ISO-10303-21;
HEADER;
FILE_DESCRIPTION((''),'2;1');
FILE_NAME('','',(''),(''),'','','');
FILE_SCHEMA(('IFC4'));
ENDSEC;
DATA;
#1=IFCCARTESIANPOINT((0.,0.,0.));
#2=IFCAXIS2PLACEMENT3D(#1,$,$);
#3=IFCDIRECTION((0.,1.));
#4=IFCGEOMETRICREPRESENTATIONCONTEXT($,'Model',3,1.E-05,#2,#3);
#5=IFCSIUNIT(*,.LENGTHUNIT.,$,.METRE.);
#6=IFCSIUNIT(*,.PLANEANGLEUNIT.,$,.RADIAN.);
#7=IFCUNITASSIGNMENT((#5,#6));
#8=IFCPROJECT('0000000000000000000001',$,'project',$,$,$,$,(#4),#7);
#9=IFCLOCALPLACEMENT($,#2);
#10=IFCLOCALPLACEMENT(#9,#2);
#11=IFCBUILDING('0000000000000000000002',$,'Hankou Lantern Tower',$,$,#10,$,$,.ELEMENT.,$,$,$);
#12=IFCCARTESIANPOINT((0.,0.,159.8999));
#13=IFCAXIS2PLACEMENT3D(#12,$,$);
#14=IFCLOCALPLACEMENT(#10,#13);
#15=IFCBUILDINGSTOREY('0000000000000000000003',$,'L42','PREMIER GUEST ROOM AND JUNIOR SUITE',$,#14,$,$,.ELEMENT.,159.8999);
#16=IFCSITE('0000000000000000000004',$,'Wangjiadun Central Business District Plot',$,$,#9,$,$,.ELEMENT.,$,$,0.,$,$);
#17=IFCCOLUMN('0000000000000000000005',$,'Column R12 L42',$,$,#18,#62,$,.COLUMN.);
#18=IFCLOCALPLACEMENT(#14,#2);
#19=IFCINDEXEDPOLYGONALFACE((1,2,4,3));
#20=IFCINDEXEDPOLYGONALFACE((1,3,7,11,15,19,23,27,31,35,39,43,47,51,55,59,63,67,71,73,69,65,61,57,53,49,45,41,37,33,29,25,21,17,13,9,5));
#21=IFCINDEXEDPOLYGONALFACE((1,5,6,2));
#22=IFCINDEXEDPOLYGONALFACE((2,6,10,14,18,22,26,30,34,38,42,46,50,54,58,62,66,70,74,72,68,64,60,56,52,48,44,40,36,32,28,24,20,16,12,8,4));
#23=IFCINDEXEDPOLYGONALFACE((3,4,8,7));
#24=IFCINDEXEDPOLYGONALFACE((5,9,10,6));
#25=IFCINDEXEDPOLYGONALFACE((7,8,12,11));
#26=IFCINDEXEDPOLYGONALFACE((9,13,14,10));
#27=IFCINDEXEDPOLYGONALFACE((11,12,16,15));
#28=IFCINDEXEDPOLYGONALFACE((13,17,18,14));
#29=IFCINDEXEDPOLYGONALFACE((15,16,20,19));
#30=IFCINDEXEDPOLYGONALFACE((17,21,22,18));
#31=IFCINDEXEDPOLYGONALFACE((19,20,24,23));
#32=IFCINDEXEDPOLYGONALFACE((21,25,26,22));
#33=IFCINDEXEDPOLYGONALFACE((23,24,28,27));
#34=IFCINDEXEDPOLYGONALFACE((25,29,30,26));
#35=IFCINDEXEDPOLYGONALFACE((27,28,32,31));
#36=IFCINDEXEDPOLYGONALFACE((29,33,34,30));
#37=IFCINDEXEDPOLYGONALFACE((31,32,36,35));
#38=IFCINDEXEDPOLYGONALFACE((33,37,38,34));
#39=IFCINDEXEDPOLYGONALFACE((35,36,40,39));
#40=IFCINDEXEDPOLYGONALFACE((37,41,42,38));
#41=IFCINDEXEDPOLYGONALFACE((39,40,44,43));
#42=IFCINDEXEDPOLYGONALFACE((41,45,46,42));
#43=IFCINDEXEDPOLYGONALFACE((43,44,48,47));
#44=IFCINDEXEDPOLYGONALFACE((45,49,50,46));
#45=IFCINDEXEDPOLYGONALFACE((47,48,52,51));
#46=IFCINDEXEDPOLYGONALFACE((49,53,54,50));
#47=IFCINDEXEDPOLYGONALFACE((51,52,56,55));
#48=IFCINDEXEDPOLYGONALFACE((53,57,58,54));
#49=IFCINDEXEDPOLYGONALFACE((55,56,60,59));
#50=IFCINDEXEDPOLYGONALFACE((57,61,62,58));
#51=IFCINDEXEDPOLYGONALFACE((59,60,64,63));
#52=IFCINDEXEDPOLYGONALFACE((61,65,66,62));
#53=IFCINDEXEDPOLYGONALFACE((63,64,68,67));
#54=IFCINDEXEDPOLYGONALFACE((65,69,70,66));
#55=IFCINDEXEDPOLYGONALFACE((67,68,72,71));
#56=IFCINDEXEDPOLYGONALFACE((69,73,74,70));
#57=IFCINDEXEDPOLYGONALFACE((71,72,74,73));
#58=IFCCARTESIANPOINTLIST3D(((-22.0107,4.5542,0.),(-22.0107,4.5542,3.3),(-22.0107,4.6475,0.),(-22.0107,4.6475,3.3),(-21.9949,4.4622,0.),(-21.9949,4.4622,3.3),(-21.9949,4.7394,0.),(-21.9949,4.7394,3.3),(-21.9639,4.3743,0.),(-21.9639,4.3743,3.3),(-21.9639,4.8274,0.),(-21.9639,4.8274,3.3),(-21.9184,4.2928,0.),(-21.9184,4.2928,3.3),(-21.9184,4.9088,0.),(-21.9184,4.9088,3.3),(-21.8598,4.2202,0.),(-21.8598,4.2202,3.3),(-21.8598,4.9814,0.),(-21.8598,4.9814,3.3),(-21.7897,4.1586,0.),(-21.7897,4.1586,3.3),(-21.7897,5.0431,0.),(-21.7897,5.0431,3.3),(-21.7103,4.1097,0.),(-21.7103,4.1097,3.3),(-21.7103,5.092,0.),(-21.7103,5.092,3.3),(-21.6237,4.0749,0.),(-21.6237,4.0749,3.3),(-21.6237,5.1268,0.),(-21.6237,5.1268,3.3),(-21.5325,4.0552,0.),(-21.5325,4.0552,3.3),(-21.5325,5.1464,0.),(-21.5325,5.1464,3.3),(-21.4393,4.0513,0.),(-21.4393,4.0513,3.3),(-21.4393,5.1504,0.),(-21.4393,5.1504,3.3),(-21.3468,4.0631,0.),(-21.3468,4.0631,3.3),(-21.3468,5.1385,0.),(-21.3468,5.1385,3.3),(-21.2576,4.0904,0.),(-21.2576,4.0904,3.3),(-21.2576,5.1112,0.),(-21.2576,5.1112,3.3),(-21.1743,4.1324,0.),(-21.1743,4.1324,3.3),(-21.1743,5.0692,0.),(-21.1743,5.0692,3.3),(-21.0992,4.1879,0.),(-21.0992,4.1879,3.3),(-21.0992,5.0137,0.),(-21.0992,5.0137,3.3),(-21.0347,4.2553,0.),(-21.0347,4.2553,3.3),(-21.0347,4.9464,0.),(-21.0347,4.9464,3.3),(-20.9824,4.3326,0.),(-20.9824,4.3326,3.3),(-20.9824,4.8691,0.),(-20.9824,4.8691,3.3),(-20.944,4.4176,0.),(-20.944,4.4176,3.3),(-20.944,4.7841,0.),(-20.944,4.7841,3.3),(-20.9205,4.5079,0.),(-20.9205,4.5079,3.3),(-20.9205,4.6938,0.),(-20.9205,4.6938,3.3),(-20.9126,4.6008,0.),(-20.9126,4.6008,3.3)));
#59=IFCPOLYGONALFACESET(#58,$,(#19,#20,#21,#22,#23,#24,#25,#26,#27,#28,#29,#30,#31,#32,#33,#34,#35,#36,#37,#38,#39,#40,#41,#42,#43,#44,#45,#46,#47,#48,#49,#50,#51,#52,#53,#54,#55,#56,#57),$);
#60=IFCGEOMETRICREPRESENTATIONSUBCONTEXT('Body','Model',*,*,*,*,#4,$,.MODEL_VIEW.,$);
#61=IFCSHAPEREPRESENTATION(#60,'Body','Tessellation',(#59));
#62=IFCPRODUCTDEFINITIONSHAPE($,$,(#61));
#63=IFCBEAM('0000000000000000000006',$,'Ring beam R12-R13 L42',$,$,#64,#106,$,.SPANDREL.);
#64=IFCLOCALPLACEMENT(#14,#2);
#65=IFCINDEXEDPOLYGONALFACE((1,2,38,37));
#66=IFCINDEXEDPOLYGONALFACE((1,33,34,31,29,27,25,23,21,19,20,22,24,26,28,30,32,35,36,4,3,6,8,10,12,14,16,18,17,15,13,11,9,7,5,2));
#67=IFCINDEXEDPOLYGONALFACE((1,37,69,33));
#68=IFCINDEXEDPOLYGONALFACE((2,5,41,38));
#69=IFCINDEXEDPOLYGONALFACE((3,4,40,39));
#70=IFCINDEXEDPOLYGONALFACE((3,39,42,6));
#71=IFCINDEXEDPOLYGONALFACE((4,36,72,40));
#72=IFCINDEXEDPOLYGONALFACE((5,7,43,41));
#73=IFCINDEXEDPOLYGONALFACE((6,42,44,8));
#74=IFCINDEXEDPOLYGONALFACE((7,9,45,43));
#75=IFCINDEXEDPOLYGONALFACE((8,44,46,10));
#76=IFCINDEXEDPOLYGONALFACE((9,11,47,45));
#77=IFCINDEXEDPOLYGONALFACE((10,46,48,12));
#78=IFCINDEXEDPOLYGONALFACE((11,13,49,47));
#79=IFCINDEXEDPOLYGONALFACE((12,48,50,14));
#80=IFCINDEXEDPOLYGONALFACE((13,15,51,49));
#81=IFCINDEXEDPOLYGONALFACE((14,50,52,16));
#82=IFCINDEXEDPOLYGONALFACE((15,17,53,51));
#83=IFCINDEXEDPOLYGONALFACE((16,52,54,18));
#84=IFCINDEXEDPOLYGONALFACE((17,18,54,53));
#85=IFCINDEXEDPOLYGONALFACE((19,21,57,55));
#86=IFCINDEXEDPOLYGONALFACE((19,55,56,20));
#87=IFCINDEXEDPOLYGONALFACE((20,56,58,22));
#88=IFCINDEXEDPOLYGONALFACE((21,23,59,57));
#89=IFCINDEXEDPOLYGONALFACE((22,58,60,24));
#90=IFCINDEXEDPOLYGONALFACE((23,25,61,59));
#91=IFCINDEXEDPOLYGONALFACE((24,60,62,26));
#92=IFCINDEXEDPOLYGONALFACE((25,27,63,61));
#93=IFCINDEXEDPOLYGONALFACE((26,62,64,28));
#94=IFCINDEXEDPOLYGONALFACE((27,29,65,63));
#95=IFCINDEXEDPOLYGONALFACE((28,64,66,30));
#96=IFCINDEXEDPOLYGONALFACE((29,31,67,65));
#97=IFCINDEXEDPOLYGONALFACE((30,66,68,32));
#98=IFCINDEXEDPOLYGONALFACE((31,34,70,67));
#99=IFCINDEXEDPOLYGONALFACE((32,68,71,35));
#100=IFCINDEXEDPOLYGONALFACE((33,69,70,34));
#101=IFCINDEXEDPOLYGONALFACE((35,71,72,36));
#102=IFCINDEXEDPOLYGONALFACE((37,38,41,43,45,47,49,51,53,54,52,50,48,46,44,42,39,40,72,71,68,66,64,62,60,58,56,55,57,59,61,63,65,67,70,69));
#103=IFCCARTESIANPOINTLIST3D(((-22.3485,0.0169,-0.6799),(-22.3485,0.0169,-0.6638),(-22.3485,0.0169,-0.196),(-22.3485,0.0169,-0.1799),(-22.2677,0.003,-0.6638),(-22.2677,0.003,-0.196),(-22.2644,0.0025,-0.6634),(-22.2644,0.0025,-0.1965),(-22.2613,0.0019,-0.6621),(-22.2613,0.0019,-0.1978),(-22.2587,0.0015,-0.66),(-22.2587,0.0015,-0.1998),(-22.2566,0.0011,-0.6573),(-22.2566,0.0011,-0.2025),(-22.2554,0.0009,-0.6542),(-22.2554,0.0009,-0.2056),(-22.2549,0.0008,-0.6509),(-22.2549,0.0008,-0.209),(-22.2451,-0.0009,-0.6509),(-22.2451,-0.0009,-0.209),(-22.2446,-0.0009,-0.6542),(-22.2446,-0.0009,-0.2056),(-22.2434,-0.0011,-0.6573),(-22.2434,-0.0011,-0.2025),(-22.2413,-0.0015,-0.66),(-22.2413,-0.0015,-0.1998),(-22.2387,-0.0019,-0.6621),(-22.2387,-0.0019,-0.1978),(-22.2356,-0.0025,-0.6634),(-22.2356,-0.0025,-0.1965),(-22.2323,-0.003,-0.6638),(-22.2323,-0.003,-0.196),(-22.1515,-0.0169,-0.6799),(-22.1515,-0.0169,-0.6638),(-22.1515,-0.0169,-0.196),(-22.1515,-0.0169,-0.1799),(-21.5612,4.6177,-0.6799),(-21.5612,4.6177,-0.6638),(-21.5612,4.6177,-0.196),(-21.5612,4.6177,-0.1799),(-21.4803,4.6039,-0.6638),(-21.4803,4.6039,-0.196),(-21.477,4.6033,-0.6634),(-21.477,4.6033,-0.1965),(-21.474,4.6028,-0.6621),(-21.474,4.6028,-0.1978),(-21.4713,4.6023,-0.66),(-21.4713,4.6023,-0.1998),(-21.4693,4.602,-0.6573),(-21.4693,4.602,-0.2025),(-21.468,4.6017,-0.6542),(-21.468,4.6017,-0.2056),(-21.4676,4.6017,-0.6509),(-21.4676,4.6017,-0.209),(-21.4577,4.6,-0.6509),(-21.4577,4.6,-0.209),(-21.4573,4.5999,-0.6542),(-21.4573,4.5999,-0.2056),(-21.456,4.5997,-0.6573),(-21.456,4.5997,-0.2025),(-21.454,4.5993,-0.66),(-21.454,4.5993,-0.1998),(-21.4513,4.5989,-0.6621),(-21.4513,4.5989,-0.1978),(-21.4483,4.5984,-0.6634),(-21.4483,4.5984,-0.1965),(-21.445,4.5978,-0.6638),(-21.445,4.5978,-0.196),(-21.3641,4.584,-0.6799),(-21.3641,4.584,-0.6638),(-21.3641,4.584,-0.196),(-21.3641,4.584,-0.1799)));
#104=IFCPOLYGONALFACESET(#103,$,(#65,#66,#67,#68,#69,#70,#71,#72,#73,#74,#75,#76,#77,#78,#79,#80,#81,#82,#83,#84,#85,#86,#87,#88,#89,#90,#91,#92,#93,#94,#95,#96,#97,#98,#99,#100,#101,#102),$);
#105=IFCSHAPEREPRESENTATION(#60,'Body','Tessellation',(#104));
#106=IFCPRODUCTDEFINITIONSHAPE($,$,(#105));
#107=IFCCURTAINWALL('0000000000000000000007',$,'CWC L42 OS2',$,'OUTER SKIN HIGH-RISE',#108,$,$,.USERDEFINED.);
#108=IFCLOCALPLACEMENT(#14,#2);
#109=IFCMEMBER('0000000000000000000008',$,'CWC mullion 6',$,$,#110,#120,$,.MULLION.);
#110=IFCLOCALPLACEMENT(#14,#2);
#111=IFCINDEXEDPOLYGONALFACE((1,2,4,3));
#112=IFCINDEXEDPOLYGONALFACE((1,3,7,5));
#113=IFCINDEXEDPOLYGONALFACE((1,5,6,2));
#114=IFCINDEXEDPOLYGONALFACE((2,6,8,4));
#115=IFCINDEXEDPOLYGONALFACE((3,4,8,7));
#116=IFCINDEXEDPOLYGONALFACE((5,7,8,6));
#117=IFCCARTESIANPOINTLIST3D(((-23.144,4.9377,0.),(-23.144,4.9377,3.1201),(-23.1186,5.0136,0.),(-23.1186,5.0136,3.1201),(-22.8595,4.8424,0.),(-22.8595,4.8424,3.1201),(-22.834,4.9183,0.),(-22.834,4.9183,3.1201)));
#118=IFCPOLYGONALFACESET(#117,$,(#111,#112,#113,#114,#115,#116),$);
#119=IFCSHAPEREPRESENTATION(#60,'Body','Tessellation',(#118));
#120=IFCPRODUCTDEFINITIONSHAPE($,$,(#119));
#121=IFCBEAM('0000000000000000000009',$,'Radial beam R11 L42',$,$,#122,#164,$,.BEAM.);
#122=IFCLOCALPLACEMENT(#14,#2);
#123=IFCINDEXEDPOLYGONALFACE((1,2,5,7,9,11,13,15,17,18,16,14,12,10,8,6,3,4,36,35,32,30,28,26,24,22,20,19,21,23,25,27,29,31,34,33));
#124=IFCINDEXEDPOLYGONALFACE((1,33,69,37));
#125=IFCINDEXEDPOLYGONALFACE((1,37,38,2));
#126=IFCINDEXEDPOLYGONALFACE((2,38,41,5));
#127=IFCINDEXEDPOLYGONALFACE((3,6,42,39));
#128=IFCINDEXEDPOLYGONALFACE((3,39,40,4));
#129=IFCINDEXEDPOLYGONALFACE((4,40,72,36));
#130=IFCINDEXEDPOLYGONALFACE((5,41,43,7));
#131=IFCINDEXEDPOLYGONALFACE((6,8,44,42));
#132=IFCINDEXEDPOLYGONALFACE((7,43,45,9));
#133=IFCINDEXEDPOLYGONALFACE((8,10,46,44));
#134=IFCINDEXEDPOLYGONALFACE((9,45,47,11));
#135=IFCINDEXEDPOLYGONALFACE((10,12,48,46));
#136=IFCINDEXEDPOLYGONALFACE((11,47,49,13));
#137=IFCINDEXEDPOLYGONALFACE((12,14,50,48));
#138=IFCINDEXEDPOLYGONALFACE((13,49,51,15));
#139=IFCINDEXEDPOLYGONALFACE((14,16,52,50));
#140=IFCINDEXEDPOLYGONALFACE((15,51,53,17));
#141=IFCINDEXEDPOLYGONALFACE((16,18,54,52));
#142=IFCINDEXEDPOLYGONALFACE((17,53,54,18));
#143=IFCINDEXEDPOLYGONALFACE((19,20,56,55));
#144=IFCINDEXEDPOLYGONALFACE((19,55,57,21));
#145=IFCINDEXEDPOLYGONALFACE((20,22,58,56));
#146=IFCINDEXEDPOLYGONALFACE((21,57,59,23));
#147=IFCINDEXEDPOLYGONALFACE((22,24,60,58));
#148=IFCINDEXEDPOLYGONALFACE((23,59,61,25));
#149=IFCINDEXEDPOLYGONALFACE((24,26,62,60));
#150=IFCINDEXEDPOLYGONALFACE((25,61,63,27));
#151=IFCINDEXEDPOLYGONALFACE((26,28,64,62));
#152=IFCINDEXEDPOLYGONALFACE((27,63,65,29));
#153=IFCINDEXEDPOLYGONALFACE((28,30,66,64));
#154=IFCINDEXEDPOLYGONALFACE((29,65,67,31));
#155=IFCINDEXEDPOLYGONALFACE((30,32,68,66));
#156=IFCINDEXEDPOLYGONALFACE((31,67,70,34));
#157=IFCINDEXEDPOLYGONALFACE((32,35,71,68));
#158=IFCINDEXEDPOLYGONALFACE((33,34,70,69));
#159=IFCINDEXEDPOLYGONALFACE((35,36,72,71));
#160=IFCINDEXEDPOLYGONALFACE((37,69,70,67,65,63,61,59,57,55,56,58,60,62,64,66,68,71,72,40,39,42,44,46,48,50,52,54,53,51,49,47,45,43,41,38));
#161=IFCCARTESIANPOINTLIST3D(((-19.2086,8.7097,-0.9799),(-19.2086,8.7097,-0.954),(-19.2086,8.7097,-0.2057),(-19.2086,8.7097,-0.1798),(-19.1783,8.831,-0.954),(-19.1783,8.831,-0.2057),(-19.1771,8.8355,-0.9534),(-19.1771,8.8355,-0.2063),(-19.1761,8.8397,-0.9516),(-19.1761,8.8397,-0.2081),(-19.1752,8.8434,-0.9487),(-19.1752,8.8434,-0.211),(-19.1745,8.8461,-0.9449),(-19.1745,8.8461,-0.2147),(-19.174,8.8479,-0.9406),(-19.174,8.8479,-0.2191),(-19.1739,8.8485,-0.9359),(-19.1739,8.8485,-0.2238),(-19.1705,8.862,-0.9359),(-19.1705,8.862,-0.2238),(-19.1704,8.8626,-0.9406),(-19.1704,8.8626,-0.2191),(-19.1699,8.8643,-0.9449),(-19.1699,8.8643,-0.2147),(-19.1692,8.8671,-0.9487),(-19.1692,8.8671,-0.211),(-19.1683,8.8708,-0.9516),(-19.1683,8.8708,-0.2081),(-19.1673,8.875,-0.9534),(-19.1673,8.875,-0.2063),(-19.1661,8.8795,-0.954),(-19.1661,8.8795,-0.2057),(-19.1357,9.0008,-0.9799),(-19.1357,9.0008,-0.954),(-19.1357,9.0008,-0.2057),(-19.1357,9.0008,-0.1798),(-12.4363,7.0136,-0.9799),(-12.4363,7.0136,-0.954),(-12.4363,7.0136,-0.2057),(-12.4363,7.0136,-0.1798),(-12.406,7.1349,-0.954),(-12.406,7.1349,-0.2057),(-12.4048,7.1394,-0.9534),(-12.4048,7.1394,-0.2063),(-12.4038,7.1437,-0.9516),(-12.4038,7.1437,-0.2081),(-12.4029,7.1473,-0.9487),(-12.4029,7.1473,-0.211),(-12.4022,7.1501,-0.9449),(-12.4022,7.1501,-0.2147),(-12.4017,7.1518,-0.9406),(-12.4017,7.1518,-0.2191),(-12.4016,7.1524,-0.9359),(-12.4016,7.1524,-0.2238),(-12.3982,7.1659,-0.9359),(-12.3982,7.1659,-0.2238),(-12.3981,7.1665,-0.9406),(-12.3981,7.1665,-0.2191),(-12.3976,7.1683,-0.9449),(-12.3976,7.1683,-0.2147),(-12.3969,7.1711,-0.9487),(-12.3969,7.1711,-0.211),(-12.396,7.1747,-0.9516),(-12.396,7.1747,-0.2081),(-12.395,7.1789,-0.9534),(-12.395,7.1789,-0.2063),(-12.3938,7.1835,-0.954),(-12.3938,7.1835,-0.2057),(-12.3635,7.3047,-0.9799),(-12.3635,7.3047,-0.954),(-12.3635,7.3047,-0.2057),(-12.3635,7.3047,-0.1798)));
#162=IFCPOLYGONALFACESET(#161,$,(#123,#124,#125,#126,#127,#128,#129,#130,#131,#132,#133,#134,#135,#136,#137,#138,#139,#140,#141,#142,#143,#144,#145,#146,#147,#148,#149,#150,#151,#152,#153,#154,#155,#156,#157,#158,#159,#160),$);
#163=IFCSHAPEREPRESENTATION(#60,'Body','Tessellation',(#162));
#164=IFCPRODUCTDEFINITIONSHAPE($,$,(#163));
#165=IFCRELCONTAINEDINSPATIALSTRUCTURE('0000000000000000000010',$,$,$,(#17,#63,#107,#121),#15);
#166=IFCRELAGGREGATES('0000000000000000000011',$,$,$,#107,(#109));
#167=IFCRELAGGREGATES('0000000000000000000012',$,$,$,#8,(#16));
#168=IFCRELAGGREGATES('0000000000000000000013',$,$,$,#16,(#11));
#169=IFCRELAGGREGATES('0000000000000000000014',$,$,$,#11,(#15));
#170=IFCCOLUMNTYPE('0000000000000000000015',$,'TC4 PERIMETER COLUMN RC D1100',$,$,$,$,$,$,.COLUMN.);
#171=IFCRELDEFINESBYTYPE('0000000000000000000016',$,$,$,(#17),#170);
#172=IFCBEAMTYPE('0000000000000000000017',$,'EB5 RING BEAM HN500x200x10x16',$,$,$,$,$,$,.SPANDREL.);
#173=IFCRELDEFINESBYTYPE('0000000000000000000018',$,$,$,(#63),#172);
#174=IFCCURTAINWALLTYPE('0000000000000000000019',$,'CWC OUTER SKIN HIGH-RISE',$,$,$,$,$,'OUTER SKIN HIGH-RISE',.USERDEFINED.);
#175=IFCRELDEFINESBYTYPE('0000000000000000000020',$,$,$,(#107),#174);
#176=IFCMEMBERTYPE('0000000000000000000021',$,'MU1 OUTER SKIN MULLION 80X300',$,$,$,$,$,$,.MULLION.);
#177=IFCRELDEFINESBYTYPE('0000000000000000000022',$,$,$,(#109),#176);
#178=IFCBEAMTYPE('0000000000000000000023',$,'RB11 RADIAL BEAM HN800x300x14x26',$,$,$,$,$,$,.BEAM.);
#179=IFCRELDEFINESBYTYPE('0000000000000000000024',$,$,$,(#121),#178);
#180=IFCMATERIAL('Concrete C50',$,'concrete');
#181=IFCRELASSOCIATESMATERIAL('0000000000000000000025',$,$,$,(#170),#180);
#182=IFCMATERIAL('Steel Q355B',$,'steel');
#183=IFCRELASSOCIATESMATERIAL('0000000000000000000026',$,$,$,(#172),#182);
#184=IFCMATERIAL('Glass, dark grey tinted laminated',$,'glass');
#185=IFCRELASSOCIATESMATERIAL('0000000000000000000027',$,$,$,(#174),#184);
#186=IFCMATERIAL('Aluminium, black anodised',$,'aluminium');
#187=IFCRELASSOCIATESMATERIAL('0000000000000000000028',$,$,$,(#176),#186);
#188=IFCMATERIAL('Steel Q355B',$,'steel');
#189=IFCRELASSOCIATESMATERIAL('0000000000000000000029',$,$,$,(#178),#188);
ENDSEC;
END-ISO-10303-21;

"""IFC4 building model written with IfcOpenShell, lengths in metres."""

from ifc_helpers import new_model, si_unit, direction, frame, origin, origin_2d, place, context, subcontext, project, spatial, rectangle, circle, i_section, extrude, material, material_profile, profile_set, type_object, element, aggregate, save


model = new_model("IFC4")

# Units and contexts
model_context = context("Model", 3, precision=1e-05, world=origin(), true_north=direction((0.0, 1.0)))
body_context = subcontext(model_context, "Body", "Model", "MODEL_VIEW")
ifc_project = project(units=[si_unit("LENGTHUNIT", "METRE"), si_unit("PLANEANGLEUNIT", "RADIAN")], contexts=[model_context])

# Site, building, storey
site_placement = place(None, origin())
site = spatial("IfcSite", under=ifc_project, at=site_placement, Name="Wangjiadun Central Business District Plot", CompositionType="ELEMENT", RefElevation=0.0)
building_placement = place(site_placement, origin())
building = spatial("IfcBuilding", under=site, at=building_placement, Name="Hankou Lantern Tower", CompositionType="ELEMENT")
storey_placement = place(building_placement, frame((0.0, 0.0, 159.8999)))
storey = spatial("IfcBuildingStorey", under=building, at=storey_placement, Name="L42", Description="PREMIER GUEST ROOM AND JUNIOR SUITE", CompositionType="ELEMENT", Elevation=159.8999)

# Column
ifc_material_1 = material(Name="Concrete C50", Category="concrete")
ifc_material_profile_1 = material_profile(ifc_material_1, circle(Radius=0.55, at=origin_2d()), Name="RC D1100")
ifc_profile_set_1 = profile_set([ifc_material_profile_1], Name="Concrete C50")
column_type = type_object("IfcColumnType", Name="TC4 PERIMETER COLUMN RC D1100", PredefinedType="COLUMN", material=ifc_profile_set_1)
column_placement = place(storey_placement, frame((-21.4626, 4.6008, 0.0), z_axis=(0.0, 0.0, 1.0), x_axis=(1.0, 0.0, 0.0)))
element("IfcColumn", 1, at=column_placement, inside=storey, type_object=column_type, Name="Column R12 L42", PredefinedType="COLUMN", context=body_context, shape_type="SweptSolid", body=[
    extrude(circle(Radius=0.55, at=origin_2d()), origin(), (0.0, 0.0, 1.0), 3.3),
])

# Beam
ifc_material_2 = material(Name="Steel Q355B", Category="steel")
ifc_material_profile_2 = material_profile(ifc_material_2, i_section(OverallWidth=0.2, OverallDepth=0.5, WebThickness=0.01, FlangeThickness=0.0161, FilletRadius=0.0129, at=origin_2d()), Name="HN500x200x10x16")
ifc_profile_set_2 = profile_set([ifc_material_profile_2], Name="Steel Q355B")
beam_type_1 = type_object("IfcBeamType", Name="EB5 RING BEAM HN500x200x10x16", PredefinedType="SPANDREL", material=ifc_profile_set_2)
beam_1_placement = place(storey_placement, frame((-21.4626, 4.6008, -0.4299), z_axis=(-0.168681, -0.985671, 0.0), x_axis=(0.985671, -0.168681, 0.0)))
element("IfcBeam", 2, at=beam_1_placement, inside=storey, type_object=beam_type_1, Name="Ring beam R12-R13 L42", PredefinedType="SPANDREL", context=body_context, shape_type="SweptSolid", body=[
    extrude(i_section(OverallWidth=0.2, OverallDepth=0.5, WebThickness=0.01, FlangeThickness=0.0161, FilletRadius=0.0129, at=origin_2d()), origin(), (0.0, 0.0, 1.0), 4.6677),
])

# Curtain wall, member
ifc_material_3 = material(Name="Glass, dark grey tinted laminated", Category="glass")
curtain_wall_type = type_object("IfcCurtainWallType", Name="CWC OUTER SKIN HIGH-RISE", ElementType="OUTER SKIN HIGH-RISE", PredefinedType="USERDEFINED", material=ifc_material_3)
curtain_wall_placement = place(storey_placement, origin())
curtain_wall = element("IfcCurtainWall", 3, at=curtain_wall_placement, inside=storey, type_object=curtain_wall_type, Name="CWC L42 OS2", ObjectType="OUTER SKIN HIGH-RISE", PredefinedType="USERDEFINED")
ifc_material_4 = material(Name="Aluminium, black anodised", Category="aluminium")
ifc_material_profile_3 = material_profile(ifc_material_4, rectangle(XDim=0.0801, YDim=0.3, at=origin_2d()), Name="MU1 80X300")
ifc_profile_set_3 = profile_set([ifc_material_profile_3], Name="Aluminium, black anodised")
member_type_1 = type_object("IfcMemberType", Name="MU1 OUTER SKIN MULLION 80X300", PredefinedType="MULLION", material=ifc_profile_set_3)
member_1_placement = place(storey_placement, frame((-22.989, 4.928, 0.0), z_axis=(0.0, 0.0, 1.0), x_axis=(-0.317596, -0.948226, 0.0)))
member_1 = element("IfcMember", 4, at=member_1_placement, type_object=member_type_1, Name="CWC mullion 6", PredefinedType="MULLION", context=body_context, shape_type="SweptSolid", body=[
    extrude(rectangle(XDim=0.0801, YDim=0.3, at=origin_2d()), origin(), (0.0, 0.0, 1.0), 3.1201),
])

# Beam
ifc_material_5 = material(Name="Steel Q355B", Category="steel")
ifc_material_profile_4 = material_profile(ifc_material_5, i_section(OverallWidth=0.3, OverallDepth=0.8, WebThickness=0.0139, FlangeThickness=0.0259, FilletRadius=0.0181, at=origin_2d()), Name="HN800x300x14x26")
ifc_profile_set_4 = profile_set([ifc_material_profile_4], Name="Steel Q355B")
beam_type_2 = type_object("IfcBeamType", Name="RB11 RADIAL BEAM HN800x300x14x26", PredefinedType="BEAM", material=ifc_profile_set_4)
beam_2_placement = place(storey_placement, frame((-12.3999, 7.1592, -0.5798), z_axis=(-0.970042, 0.242939, 0.0), x_axis=(-0.242939, -0.970042, 0.0)))
element("IfcBeam", 5, at=beam_2_placement, inside=storey, type_object=beam_type_2, Name="Radial beam R11 L42", PredefinedType="BEAM", context=body_context, shape_type="SweptSolid", body=[
    extrude(i_section(OverallWidth=0.3, OverallDepth=0.8, WebThickness=0.0139, FlangeThickness=0.0259, FilletRadius=0.0181, at=origin_2d()), origin(), (0.0, 0.0, 1.0), 6.9814),
])

aggregate(curtain_wall, [member_1])

save(model, "model.ifc")
